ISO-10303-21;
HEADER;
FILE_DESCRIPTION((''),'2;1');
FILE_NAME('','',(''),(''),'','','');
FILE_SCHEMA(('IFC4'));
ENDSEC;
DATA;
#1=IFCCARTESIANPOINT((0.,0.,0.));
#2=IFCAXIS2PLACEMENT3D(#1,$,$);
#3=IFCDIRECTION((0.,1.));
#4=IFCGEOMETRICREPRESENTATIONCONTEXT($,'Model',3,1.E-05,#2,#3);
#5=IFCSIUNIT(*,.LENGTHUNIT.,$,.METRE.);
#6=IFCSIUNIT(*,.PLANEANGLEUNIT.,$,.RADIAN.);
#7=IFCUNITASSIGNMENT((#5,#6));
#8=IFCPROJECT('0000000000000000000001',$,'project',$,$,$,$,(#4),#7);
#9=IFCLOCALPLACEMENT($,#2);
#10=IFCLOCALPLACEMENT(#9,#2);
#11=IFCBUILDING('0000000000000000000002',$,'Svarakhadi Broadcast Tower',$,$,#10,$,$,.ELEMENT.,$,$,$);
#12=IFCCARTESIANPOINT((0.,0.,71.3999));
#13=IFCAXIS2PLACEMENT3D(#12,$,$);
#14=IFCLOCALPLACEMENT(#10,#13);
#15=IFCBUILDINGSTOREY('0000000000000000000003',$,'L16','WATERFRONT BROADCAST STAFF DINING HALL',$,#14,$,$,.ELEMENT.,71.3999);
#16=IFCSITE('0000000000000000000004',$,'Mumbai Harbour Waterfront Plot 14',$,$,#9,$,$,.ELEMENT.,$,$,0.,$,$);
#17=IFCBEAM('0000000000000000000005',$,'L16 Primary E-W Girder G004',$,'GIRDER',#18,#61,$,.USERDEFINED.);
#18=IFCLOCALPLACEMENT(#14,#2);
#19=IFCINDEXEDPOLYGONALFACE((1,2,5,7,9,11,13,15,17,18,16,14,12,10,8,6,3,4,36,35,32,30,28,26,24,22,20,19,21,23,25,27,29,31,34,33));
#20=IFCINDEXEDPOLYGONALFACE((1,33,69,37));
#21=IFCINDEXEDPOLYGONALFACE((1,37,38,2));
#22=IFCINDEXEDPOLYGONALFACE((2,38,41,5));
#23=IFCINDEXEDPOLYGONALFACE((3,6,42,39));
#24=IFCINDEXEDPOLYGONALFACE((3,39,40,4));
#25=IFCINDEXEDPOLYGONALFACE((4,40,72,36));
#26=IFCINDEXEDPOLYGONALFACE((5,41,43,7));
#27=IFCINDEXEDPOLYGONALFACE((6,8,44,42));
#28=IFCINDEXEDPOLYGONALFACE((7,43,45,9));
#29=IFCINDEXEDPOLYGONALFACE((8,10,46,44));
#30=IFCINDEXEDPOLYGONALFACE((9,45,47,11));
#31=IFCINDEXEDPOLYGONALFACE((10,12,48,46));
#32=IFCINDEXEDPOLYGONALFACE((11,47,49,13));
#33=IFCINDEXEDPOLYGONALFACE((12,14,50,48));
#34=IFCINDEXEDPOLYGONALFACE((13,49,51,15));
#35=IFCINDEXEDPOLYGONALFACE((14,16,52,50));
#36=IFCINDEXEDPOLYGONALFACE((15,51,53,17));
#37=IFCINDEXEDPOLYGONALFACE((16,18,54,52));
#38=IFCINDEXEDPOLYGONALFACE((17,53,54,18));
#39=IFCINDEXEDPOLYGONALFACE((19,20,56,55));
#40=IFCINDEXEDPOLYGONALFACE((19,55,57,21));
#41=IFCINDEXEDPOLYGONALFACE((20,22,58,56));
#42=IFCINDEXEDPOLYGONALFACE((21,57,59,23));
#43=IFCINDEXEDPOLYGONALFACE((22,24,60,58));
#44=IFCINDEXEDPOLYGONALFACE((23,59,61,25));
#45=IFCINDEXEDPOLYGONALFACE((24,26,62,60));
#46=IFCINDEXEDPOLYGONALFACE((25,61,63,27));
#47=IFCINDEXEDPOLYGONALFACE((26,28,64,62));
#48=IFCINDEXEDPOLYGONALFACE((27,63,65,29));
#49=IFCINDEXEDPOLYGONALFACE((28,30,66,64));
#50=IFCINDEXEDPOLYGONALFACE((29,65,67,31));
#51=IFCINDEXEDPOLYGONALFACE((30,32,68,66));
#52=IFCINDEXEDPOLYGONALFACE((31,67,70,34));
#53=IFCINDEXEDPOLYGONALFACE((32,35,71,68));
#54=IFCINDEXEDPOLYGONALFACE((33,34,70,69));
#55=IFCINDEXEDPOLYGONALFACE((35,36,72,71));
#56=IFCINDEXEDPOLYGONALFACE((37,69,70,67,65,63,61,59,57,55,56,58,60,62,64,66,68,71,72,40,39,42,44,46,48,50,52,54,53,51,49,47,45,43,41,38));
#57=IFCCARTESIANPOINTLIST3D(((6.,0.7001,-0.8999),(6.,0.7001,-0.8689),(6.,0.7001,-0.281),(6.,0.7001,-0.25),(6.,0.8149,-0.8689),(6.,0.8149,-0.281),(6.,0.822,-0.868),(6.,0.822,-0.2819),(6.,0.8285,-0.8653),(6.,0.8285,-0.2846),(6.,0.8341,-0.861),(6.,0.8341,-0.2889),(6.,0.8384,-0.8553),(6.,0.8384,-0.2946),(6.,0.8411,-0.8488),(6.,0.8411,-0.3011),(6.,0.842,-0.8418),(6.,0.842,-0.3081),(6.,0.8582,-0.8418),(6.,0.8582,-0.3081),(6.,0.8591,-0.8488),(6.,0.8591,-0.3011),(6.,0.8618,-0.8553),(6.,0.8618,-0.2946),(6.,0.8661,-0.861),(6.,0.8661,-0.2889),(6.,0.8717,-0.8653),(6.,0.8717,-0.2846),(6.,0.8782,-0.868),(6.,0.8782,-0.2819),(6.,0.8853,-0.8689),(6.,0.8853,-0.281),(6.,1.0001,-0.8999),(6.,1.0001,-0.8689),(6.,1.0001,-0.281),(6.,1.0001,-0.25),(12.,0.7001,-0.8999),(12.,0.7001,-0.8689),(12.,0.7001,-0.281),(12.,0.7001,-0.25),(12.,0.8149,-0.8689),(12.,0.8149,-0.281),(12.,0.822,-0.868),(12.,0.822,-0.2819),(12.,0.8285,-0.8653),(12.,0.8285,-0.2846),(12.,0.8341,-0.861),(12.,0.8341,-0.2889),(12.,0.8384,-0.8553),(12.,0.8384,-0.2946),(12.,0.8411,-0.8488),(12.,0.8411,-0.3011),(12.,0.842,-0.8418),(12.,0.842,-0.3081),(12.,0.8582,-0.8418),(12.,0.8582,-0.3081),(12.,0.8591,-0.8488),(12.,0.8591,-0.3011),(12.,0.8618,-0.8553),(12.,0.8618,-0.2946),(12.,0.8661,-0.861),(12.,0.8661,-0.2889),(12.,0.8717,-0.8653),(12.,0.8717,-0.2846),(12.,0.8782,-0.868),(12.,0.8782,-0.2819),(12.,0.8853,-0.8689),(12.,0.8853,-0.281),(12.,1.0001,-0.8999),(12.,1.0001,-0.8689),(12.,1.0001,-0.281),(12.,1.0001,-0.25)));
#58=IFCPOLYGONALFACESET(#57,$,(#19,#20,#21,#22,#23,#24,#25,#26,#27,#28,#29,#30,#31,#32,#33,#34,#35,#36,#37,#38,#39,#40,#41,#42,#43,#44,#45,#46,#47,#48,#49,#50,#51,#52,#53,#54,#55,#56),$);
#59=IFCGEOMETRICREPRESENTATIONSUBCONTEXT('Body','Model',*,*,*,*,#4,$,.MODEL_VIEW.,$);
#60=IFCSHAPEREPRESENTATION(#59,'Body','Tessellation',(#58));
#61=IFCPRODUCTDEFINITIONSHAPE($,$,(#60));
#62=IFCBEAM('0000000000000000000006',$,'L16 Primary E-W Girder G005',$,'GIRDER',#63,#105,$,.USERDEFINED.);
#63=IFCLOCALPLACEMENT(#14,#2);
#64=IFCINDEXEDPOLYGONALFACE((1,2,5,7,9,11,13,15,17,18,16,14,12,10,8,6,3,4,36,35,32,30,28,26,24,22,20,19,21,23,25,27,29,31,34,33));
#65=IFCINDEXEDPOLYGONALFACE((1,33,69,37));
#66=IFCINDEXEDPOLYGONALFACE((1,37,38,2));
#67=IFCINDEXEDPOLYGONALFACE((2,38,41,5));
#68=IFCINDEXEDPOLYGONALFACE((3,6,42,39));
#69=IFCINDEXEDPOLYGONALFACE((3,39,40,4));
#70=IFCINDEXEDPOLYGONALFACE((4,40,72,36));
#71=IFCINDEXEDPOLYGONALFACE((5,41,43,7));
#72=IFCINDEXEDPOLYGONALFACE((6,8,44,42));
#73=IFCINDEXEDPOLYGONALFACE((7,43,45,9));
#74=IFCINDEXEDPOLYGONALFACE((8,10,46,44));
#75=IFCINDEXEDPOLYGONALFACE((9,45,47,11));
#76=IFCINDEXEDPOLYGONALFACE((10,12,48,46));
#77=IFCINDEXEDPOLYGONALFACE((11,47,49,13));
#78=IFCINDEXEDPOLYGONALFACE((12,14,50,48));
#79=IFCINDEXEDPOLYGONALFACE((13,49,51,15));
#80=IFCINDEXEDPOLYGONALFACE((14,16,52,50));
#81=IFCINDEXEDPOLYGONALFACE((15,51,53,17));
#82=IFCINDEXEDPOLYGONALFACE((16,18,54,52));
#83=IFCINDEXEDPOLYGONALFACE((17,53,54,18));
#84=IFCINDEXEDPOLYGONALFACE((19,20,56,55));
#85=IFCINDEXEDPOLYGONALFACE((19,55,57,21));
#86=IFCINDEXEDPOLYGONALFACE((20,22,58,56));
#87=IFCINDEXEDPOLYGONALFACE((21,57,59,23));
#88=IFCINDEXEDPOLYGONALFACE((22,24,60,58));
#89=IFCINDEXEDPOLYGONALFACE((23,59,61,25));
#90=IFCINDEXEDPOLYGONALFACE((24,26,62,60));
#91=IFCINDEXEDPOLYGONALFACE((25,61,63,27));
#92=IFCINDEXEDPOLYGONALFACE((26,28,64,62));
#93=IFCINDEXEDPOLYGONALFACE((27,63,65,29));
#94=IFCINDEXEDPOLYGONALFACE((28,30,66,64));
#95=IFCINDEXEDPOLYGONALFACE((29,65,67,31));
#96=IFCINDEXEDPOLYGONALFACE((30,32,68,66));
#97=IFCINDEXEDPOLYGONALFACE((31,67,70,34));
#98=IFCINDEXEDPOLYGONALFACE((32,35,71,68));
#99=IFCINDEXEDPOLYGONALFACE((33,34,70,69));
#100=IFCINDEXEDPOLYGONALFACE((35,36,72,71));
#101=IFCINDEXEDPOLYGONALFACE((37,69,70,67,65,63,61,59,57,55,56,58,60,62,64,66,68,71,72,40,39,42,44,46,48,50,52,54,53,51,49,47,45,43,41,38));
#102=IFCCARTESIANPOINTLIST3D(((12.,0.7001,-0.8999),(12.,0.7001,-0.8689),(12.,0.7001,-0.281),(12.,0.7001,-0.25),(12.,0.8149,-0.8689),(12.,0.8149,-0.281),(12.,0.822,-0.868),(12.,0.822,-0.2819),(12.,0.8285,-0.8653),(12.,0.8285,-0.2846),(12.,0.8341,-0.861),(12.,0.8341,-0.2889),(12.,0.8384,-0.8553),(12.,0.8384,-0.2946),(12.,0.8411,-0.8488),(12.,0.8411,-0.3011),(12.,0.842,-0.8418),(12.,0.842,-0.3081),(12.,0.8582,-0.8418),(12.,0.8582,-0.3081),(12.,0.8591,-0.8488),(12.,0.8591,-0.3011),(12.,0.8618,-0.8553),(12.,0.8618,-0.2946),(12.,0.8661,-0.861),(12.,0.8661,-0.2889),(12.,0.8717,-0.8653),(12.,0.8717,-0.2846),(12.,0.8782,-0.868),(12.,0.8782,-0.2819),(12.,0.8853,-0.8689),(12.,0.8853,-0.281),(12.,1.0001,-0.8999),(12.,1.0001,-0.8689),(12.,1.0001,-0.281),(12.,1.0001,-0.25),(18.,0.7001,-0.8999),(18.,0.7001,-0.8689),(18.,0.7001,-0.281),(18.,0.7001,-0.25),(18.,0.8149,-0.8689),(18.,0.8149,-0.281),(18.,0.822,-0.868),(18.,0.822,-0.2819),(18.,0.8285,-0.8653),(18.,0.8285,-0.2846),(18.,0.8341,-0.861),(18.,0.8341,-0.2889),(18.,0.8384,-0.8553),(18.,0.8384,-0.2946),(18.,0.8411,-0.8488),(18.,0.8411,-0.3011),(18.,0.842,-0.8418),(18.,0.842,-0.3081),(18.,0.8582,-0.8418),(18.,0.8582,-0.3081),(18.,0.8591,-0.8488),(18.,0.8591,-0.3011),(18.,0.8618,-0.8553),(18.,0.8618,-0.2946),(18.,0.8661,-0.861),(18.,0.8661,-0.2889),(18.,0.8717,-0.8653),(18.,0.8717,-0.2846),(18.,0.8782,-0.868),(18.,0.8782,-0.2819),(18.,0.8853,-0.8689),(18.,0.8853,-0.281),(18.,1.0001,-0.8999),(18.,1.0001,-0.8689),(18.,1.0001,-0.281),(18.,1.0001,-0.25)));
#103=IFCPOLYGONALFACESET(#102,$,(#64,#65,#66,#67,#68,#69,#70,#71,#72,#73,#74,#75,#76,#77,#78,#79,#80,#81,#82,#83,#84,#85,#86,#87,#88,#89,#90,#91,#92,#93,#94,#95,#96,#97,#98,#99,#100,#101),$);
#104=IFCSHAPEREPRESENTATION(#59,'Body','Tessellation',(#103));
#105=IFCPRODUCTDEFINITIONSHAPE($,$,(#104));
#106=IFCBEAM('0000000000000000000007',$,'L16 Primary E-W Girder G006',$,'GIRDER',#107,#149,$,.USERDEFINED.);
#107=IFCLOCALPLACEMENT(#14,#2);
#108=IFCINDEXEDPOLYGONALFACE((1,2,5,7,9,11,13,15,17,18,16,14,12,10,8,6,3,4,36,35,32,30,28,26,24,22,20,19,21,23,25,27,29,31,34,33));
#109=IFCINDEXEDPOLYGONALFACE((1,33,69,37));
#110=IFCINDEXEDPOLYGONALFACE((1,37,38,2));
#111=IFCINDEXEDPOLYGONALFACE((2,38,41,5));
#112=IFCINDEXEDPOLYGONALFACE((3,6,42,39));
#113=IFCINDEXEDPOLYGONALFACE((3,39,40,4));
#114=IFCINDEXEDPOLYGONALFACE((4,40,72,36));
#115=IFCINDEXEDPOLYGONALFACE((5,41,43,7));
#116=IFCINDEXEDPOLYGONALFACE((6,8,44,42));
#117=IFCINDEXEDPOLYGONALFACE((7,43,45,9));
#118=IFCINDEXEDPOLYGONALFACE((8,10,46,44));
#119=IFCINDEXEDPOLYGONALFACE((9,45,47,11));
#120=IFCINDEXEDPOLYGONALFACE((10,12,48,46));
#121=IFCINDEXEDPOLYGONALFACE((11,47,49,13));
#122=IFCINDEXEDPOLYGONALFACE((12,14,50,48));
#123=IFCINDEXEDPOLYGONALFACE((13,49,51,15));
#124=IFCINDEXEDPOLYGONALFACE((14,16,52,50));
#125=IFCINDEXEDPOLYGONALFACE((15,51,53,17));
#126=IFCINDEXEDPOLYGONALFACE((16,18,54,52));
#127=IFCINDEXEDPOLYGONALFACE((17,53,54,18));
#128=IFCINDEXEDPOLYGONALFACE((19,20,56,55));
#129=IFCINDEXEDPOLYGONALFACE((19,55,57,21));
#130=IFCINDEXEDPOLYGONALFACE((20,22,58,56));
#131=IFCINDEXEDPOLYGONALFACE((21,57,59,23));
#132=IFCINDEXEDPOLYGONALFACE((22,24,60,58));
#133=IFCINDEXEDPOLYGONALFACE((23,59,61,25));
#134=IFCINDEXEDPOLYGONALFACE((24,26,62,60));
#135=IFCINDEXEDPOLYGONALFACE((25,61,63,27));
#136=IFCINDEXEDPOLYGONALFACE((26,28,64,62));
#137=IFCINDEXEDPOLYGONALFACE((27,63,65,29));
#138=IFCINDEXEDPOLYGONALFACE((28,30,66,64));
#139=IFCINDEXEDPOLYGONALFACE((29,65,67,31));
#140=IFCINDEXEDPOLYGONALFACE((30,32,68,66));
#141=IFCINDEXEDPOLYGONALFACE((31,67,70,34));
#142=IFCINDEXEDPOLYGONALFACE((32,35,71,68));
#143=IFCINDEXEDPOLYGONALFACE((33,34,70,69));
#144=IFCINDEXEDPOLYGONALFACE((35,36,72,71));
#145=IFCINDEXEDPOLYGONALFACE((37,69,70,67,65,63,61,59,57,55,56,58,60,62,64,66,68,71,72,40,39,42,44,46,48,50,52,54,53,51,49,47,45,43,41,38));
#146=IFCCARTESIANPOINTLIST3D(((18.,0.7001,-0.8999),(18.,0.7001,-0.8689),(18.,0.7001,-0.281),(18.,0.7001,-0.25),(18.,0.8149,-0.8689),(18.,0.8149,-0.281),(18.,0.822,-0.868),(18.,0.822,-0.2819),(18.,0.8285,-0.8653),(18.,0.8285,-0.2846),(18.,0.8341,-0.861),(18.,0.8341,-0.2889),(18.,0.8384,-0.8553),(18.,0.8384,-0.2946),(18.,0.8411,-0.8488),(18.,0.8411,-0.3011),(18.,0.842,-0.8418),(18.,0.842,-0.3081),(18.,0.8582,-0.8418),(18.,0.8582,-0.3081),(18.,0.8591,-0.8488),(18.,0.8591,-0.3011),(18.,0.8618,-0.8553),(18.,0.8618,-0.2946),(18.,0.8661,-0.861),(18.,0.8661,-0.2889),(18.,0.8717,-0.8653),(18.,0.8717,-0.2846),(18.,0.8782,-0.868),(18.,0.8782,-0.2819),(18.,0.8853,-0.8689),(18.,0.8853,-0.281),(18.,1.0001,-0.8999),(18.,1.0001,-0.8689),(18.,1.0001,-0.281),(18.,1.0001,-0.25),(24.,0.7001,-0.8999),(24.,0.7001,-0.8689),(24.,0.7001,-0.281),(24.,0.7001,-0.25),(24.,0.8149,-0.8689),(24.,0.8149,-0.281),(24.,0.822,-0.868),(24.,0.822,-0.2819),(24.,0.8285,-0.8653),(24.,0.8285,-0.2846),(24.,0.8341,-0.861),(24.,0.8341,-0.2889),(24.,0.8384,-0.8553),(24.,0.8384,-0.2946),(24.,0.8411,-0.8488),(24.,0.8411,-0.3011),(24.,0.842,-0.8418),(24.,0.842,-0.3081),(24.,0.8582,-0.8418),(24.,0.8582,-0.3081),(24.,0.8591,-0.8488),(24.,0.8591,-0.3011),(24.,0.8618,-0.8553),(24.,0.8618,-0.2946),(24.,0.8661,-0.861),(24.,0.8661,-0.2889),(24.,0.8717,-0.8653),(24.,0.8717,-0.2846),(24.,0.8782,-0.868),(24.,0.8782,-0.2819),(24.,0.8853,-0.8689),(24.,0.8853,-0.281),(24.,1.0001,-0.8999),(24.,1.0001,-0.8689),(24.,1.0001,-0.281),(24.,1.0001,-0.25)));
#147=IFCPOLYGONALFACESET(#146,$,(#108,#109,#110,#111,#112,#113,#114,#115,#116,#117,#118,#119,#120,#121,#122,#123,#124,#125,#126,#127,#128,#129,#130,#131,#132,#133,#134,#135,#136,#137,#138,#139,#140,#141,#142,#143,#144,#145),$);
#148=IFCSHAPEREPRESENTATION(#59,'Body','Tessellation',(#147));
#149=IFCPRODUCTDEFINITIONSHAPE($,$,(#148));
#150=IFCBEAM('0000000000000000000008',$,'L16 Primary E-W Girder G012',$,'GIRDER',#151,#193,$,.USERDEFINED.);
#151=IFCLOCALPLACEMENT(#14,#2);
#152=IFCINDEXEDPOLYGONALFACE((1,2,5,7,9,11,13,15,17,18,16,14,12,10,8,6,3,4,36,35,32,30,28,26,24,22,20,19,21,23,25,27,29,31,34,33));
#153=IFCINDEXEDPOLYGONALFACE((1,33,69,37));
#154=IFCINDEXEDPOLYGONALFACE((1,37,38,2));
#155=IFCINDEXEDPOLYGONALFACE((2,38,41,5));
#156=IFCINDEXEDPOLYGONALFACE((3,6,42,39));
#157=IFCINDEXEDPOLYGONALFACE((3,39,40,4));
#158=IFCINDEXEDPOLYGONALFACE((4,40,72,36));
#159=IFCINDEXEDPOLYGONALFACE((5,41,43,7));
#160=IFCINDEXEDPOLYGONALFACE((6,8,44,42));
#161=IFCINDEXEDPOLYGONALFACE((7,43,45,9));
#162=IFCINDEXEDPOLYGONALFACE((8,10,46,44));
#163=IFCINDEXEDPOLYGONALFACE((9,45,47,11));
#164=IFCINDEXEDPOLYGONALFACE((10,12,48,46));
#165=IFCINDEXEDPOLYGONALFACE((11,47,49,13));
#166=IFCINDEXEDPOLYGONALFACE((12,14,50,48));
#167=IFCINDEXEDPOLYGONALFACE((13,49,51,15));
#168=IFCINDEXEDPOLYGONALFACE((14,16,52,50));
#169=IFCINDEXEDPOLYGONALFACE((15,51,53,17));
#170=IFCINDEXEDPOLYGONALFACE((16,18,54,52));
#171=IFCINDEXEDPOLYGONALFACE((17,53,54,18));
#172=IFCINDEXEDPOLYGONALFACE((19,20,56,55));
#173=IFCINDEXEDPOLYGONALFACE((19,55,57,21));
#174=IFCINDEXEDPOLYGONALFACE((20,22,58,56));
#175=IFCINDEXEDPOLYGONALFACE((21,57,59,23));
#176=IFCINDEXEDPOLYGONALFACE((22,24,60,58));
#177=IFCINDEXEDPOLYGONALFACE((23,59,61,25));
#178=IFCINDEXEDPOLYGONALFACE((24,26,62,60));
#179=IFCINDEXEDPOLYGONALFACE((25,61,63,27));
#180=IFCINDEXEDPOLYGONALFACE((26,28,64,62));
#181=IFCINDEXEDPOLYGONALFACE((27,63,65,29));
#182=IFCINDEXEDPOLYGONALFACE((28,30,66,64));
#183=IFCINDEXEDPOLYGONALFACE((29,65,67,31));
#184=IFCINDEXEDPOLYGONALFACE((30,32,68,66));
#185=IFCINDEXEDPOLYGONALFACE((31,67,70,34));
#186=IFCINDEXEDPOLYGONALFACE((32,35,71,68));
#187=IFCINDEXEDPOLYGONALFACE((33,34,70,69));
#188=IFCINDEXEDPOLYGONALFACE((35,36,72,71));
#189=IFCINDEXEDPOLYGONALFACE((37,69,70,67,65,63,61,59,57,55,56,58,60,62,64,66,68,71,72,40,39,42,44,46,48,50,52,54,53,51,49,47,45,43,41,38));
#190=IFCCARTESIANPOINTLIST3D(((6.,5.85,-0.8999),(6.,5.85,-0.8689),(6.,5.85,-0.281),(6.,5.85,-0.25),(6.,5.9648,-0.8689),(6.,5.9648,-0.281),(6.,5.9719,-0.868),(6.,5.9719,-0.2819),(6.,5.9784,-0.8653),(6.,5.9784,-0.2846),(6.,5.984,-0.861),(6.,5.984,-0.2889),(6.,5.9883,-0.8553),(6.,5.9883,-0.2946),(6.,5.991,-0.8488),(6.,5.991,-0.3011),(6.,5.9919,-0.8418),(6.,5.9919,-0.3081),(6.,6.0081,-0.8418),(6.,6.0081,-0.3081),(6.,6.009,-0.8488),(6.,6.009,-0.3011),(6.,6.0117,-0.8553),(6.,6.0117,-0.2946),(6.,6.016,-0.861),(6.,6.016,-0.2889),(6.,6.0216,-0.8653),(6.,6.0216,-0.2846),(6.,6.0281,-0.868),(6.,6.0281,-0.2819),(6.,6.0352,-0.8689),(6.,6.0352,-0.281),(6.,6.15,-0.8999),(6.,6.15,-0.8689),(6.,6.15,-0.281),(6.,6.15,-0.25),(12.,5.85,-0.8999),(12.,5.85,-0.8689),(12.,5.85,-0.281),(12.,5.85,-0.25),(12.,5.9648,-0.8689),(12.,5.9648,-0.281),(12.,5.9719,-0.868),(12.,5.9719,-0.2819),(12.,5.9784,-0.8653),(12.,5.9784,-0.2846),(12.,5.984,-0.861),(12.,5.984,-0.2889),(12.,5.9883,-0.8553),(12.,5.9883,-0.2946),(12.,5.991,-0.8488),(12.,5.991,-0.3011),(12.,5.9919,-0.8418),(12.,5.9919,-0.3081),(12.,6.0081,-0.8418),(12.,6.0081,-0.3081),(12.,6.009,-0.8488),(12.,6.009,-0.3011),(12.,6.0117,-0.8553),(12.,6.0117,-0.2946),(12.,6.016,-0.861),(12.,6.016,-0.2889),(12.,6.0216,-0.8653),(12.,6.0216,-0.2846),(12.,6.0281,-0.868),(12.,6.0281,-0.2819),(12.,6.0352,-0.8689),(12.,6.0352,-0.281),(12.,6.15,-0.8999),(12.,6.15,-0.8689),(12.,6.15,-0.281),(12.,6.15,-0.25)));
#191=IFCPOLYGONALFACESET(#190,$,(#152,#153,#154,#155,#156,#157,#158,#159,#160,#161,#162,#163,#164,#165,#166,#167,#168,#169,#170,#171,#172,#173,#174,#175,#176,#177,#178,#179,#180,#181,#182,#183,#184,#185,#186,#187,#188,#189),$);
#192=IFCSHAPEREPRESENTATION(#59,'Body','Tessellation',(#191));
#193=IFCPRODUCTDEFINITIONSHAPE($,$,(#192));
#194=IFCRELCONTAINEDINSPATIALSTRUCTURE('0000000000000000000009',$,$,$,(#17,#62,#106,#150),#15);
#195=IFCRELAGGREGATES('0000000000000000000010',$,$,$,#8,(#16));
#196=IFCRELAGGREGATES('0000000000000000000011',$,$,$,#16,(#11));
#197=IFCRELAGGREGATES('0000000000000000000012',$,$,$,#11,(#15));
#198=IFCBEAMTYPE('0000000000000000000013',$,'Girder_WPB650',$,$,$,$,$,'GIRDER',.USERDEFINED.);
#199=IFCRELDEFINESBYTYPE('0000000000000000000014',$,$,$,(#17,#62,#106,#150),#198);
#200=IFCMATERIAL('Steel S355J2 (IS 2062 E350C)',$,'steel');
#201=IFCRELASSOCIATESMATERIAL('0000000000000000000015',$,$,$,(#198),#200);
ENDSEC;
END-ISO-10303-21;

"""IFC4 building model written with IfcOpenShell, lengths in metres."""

from ifc_helpers import new_model, si_unit, direction, frame, origin, origin_2d, place, context, subcontext, project, spatial, i_section, extrude, material, material_profile, profile_set, type_object, element, save


model = new_model("IFC4")

# Units and contexts
model_context = context("Model", 3, precision=1e-05, world=origin(), true_north=direction((0.0, 1.0)))
body_context = subcontext(model_context, "Body", "Model", "MODEL_VIEW")
ifc_project = project(units=[si_unit("LENGTHUNIT", "METRE"), si_unit("PLANEANGLEUNIT", "RADIAN")], contexts=[model_context])

# Site, building, storey
site_placement = place(None, origin())
site = spatial("IfcSite", under=ifc_project, at=site_placement, Name="Mumbai Harbour Waterfront Plot 14", CompositionType="ELEMENT", RefElevation=0.0)
building_placement = place(site_placement, origin())
building = spatial("IfcBuilding", under=site, at=building_placement, Name="Svarakhadi Broadcast Tower", CompositionType="ELEMENT")
storey_placement = place(building_placement, frame((0.0, 0.0, 71.3999)))
storey = spatial("IfcBuildingStorey", under=building, at=storey_placement, Name="L16", Description="WATERFRONT BROADCAST STAFF DINING HALL", CompositionType="ELEMENT", Elevation=71.3999)

# Shared definitions
ifc_material_1 = material(Name="Steel S355J2 (IS 2062 E350C)", Category="steel")

# Beams
ifc_material_profile_1 = material_profile(ifc_material_1, i_section(OverallWidth=0.3, OverallDepth=0.6499, WebThickness=0.0161, FlangeThickness=0.031, FilletRadius=0.0271, at=origin_2d()), Name="WPB 650x300x225")
ifc_profile_set_1 = profile_set([ifc_material_profile_1], Name="Steel S355J2 (IS 2062 E350C)")
beam_type_1 = type_object("IfcBeamType", Name="Girder_WPB650", ElementType="GIRDER", PredefinedType="USERDEFINED", material=ifc_profile_set_1)
for number, where, z_axis, x_axis, name in (
    (1, (6.0, 0.8501, -0.575), (1.0, 0.0, 0.0), (0.0, 1.0, 0.0), "L16 Primary E-W Girder G004"),
    (2, (12.0, 0.8501, -0.575), (1.0, 0.0, 0.0), (0.0, 1.0, 0.0), "L16 Primary E-W Girder G005"),
    (3, (18.0, 0.8501, -0.575), (1.0, 0.0, 0.0), (0.0, 1.0, 0.0), "L16 Primary E-W Girder G006"),
    (4, (6.0, 6.0, -0.575), (1.0, 0.0, 0.0), (0.0, 1.0, 0.0), "L16 Primary E-W Girder G012"),
):
    element("IfcBeam", number, at=place(storey_placement, frame(where, z_axis=z_axis, x_axis=x_axis)), inside=storey, type_object=beam_type_1, Name=name, ObjectType="GIRDER", PredefinedType="USERDEFINED", context=body_context, shape_type="SweptSolid", body=[
        extrude(i_section(OverallWidth=0.3, OverallDepth=0.6499, WebThickness=0.0161, FlangeThickness=0.031, FilletRadius=0.0271, at=origin_2d()), origin(), (0.0, 0.0, 1.0), 6.0),
    ])

save(model, "model.ifc")
